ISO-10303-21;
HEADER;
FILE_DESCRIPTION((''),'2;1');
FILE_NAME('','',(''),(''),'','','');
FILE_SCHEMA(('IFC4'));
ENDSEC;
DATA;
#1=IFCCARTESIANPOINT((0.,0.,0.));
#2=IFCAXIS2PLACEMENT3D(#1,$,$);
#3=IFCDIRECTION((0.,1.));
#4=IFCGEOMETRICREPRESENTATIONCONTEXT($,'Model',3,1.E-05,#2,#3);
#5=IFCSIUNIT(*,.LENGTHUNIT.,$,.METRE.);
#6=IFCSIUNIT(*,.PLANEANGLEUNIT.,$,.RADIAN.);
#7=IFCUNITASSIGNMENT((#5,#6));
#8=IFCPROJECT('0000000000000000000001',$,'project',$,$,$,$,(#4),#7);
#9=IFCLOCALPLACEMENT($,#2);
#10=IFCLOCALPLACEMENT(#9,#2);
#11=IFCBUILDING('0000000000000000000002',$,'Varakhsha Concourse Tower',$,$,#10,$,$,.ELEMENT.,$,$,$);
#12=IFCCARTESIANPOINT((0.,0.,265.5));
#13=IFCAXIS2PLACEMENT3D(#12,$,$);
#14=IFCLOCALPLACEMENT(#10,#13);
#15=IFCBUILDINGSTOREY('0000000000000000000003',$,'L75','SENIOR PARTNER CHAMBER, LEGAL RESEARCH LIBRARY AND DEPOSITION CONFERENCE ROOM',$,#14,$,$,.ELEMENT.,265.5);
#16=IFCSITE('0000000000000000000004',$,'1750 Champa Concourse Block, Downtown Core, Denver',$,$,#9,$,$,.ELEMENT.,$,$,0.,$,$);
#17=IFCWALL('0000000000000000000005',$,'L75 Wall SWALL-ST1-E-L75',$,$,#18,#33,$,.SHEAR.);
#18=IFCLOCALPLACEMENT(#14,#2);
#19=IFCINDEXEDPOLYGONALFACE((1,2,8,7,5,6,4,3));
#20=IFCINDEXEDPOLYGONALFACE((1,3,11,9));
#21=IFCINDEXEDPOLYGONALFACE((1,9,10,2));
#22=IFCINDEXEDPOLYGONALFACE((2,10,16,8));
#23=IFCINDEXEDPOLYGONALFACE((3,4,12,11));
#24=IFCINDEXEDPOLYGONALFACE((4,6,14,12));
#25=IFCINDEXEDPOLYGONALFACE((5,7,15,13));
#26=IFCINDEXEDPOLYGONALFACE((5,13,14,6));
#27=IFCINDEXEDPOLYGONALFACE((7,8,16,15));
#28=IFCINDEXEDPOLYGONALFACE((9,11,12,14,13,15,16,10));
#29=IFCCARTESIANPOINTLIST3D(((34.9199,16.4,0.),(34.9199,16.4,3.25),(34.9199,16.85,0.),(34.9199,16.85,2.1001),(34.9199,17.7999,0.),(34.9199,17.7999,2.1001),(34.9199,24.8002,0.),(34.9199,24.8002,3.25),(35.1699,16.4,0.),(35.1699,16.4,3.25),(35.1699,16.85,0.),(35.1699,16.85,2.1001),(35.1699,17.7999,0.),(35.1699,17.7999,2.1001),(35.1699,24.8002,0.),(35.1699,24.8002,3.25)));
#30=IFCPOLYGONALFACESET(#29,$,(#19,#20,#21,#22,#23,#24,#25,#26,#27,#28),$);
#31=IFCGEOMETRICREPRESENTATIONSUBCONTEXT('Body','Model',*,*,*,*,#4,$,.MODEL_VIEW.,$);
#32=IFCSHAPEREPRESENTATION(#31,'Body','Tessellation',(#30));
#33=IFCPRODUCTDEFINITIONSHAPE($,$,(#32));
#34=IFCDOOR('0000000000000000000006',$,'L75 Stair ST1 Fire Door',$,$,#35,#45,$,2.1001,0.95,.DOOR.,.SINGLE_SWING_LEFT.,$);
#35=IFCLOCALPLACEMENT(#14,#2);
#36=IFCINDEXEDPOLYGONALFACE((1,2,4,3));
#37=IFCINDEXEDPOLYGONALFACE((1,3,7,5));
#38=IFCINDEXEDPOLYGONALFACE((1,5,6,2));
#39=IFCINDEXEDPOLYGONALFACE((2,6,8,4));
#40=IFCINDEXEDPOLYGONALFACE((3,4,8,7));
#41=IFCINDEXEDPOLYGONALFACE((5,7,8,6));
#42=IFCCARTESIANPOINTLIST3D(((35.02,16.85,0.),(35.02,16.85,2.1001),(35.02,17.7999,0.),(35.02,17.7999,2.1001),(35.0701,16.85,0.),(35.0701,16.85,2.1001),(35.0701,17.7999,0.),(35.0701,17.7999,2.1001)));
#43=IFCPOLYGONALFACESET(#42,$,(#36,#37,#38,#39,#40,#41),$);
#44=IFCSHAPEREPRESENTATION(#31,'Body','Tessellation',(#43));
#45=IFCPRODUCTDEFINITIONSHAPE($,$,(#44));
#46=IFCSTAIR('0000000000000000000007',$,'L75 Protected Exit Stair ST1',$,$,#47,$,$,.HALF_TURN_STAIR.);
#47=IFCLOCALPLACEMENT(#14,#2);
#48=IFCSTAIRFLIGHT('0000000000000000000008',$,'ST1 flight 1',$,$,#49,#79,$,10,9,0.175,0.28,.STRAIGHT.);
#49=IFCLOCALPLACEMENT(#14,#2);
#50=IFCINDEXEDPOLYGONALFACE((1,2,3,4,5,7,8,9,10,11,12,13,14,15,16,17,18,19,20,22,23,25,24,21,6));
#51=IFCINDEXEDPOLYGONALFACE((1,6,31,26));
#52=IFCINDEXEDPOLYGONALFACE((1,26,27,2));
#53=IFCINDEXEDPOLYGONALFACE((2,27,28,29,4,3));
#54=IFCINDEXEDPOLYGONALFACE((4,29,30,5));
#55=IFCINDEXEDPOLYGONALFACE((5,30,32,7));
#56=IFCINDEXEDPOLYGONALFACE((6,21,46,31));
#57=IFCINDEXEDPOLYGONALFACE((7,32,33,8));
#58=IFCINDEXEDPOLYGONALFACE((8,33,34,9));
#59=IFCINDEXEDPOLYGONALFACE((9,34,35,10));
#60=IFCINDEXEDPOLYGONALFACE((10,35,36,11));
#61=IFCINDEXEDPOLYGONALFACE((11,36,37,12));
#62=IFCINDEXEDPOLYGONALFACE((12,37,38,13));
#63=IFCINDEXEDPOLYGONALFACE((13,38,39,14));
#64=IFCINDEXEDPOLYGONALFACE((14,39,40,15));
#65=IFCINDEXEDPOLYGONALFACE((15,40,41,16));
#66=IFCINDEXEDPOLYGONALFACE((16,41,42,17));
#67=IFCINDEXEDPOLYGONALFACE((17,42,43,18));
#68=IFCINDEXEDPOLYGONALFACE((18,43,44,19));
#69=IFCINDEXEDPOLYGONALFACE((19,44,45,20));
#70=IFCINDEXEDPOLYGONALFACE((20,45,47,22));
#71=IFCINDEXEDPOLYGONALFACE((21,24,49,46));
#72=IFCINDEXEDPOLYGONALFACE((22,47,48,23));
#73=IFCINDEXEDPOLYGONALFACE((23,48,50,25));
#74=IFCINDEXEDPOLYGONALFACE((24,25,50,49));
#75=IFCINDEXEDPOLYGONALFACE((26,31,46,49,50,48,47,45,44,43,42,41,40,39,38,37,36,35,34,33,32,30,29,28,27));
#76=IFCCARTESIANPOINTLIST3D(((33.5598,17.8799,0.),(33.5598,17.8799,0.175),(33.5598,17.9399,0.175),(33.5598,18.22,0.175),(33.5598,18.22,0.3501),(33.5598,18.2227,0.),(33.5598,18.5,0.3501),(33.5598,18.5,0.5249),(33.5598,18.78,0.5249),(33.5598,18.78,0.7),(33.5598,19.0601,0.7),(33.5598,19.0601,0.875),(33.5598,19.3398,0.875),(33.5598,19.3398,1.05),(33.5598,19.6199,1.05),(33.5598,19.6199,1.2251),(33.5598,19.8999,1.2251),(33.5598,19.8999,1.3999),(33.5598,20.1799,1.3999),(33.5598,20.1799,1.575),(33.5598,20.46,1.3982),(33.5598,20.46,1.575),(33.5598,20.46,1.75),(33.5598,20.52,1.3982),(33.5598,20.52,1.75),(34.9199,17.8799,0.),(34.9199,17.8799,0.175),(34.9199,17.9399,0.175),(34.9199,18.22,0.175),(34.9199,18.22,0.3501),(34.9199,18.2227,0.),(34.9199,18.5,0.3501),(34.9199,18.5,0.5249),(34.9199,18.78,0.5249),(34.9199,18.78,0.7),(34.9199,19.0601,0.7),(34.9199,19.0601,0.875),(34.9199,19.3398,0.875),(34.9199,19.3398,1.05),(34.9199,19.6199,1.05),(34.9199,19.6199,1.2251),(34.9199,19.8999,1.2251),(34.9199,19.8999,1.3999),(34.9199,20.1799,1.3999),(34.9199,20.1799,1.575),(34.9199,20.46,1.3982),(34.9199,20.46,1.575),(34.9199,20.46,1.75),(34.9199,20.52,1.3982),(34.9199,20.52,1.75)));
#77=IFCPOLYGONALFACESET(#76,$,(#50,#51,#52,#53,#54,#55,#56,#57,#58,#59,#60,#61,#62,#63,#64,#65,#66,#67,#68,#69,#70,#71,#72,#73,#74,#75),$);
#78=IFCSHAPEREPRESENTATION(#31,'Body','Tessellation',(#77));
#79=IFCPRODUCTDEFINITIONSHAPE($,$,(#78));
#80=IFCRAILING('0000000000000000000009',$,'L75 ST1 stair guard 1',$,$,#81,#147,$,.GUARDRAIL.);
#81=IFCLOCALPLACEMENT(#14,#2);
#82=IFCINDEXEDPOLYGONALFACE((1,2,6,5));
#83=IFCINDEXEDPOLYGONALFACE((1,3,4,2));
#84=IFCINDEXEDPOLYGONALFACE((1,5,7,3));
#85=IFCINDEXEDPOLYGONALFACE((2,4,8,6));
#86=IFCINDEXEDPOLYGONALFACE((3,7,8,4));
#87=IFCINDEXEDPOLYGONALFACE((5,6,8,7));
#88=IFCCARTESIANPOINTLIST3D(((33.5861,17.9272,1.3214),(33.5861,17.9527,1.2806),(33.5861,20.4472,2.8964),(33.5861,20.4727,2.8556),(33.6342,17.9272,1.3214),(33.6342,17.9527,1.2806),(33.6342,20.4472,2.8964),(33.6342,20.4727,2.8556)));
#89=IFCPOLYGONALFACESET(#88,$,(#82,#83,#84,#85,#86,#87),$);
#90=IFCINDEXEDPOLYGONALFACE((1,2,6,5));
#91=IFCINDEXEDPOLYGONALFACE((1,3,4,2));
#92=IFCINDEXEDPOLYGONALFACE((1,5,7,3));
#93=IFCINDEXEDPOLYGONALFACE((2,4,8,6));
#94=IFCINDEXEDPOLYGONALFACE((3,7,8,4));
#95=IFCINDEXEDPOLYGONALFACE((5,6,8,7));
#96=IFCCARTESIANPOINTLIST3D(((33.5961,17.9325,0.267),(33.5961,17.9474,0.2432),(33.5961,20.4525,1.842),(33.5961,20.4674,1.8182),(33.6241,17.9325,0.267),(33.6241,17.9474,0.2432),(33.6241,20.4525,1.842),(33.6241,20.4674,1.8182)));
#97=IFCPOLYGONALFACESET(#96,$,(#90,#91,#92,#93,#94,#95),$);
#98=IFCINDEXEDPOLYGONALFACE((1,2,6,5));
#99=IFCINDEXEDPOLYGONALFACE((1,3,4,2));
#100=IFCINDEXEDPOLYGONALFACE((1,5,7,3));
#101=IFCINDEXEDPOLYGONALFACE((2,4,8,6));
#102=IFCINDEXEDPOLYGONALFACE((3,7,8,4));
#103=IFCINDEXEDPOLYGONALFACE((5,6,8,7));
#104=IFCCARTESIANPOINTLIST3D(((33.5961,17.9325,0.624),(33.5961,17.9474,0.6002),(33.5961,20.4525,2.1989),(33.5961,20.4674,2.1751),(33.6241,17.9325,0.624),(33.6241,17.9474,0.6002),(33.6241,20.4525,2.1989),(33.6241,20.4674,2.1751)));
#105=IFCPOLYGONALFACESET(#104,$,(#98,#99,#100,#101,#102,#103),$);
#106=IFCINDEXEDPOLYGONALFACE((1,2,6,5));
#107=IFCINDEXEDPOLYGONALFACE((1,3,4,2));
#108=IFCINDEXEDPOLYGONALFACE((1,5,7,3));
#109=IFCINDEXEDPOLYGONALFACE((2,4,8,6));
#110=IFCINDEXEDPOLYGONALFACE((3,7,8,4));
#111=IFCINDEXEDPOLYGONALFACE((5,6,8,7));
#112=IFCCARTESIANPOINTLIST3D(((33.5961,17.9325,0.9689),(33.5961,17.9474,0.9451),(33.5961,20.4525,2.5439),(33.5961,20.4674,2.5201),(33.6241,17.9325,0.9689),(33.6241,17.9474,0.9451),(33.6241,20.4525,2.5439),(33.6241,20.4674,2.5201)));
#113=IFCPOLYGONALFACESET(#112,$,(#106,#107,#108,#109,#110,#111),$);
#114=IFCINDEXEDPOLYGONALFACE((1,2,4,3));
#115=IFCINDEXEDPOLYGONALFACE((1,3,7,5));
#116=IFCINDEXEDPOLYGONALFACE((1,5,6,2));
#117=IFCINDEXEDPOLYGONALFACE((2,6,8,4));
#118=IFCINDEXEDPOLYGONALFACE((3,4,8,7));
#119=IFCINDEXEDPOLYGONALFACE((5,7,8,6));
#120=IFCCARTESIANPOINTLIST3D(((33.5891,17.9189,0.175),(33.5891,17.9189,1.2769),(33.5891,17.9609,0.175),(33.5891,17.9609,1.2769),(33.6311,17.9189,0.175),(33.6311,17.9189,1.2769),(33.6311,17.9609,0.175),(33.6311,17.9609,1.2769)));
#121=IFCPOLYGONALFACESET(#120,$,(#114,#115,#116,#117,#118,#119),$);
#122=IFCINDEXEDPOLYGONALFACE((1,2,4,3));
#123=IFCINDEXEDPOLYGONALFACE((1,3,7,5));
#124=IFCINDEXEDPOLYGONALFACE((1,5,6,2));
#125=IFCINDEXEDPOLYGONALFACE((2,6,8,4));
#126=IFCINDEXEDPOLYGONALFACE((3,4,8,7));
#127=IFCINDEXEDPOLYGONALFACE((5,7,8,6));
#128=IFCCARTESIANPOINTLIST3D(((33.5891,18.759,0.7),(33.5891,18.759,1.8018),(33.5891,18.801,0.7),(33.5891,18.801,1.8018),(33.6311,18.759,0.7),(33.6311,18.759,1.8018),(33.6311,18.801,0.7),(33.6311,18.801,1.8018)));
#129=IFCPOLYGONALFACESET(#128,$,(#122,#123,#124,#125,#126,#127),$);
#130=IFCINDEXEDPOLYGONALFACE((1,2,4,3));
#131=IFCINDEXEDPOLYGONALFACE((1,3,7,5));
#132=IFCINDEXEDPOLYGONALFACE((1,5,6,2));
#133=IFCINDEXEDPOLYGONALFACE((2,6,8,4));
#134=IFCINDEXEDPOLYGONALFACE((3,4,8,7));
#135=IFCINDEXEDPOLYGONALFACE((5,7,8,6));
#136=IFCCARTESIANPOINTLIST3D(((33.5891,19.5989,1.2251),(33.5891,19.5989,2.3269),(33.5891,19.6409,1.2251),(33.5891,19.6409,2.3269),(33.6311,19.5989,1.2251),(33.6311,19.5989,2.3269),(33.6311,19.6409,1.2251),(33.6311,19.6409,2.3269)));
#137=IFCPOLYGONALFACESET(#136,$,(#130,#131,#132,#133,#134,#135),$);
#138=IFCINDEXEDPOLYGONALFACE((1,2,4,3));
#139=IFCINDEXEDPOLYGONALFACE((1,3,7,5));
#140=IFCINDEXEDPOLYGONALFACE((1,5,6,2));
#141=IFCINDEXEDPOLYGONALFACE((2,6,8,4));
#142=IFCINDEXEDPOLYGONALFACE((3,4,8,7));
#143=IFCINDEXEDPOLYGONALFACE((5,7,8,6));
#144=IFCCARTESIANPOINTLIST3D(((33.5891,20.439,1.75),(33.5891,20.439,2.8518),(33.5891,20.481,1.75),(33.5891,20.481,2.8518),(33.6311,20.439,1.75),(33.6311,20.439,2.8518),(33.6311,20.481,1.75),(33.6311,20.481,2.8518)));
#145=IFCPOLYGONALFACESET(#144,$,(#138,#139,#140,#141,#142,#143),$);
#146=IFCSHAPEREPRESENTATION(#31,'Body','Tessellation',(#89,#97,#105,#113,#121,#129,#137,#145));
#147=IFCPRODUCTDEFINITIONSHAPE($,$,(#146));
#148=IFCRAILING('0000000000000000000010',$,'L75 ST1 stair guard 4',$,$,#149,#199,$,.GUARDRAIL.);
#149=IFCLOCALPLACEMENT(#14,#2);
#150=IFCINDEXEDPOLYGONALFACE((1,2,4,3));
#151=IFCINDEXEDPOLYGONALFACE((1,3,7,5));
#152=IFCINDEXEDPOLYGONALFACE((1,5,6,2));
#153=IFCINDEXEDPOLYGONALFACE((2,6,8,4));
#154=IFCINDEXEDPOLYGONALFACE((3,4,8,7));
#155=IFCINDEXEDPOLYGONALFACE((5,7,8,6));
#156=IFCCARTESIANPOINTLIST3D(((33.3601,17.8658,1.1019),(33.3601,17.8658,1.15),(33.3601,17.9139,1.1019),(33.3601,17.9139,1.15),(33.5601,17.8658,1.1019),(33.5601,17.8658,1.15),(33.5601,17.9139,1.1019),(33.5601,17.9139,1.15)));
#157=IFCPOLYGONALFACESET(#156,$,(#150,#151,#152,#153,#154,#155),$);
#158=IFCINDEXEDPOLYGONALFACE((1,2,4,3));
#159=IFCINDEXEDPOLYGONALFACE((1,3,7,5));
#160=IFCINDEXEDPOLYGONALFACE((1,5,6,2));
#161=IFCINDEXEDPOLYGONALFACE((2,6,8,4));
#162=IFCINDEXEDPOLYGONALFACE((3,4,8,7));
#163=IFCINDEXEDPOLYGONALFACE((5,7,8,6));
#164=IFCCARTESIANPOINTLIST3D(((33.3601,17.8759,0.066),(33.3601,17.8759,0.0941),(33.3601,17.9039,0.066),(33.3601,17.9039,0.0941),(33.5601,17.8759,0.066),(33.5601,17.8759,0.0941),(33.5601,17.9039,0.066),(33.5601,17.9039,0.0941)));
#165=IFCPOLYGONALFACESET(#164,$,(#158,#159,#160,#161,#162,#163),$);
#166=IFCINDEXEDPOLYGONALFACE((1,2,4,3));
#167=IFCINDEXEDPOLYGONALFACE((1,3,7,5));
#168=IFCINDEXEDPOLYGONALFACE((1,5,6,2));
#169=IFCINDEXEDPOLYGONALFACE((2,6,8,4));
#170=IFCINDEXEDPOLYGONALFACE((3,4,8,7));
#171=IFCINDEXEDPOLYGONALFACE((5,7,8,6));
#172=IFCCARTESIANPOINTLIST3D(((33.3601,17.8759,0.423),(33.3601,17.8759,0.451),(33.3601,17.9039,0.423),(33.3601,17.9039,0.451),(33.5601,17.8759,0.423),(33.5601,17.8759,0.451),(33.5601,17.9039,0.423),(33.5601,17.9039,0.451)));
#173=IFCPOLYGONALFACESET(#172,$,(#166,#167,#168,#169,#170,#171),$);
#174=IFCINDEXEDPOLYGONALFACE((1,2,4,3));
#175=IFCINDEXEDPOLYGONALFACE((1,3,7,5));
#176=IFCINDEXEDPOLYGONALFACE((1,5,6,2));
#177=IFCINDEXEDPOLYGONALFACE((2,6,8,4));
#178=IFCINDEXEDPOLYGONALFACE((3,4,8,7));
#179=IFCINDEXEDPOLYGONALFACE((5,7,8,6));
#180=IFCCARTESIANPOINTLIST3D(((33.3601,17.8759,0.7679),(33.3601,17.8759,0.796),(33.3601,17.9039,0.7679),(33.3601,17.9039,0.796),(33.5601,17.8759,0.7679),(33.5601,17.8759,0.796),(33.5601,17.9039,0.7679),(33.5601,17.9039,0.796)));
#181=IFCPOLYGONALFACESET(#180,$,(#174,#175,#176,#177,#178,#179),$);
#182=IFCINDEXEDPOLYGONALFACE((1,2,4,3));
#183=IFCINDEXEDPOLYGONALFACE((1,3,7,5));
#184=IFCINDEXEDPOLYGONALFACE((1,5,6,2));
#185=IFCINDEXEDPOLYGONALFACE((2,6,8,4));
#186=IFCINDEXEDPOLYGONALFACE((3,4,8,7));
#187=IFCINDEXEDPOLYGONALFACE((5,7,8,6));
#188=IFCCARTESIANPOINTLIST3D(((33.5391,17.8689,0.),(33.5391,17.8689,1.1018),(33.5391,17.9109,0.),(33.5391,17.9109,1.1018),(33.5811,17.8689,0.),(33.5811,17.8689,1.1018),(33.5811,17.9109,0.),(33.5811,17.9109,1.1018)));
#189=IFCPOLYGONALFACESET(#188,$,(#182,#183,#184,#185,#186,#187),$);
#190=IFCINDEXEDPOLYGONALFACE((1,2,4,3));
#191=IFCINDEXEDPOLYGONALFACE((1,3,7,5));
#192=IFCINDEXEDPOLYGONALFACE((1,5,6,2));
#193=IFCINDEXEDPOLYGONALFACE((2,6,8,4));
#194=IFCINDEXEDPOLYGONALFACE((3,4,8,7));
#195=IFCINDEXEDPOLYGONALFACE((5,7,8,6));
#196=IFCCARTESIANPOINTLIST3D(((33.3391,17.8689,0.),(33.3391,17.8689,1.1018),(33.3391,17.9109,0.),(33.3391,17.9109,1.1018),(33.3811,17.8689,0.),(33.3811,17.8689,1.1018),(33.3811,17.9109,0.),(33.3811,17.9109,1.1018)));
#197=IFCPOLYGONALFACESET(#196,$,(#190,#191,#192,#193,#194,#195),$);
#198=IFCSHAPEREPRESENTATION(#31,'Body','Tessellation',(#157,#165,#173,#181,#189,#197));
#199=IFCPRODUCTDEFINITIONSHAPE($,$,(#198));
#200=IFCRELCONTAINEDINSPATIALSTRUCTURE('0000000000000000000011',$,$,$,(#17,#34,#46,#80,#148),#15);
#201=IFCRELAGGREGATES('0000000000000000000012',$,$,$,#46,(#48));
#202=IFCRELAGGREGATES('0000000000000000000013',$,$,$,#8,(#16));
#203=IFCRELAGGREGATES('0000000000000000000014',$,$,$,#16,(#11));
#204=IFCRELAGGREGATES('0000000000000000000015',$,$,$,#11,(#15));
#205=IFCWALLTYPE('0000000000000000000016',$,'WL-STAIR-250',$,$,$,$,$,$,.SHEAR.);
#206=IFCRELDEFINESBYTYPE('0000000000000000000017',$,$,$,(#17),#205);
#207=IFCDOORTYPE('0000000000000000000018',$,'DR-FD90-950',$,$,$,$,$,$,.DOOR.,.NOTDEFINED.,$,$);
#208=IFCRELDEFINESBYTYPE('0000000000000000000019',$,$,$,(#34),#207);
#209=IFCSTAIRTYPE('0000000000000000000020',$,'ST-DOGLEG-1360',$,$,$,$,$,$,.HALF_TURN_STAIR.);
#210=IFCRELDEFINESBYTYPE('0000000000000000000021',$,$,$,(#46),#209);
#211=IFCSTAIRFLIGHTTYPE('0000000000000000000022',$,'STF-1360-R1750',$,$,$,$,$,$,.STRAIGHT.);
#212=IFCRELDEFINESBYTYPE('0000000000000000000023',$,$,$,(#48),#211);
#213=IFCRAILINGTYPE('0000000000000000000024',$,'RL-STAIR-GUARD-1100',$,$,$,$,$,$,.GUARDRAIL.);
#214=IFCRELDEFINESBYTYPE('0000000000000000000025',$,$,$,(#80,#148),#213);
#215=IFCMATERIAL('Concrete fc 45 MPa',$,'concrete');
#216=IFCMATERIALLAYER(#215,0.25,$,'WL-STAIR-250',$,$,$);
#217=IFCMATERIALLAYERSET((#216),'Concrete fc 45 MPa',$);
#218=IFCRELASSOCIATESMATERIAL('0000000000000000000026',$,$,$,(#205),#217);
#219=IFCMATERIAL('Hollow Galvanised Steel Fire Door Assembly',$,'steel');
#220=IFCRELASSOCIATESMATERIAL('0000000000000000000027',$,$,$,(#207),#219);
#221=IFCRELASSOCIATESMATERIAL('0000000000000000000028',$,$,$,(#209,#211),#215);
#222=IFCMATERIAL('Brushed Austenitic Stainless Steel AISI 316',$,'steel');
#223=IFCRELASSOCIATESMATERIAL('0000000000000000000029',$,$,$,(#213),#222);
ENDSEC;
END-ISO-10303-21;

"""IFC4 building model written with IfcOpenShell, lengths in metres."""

from ifc_helpers import new_model, si_unit, direction, frame, frame_2d, origin, origin_2d, place, context, subcontext, project, spatial, polyline, rectangle, outline, extrude, material, layer, layer_set, type_object, element, fill, aggregate, save


model = new_model("IFC4")

# Units and contexts
model_context = context("Model", 3, precision=1e-05, world=origin(), true_north=direction((0.0, 1.0)))
body_context = subcontext(model_context, "Body", "Model", "MODEL_VIEW")
ifc_project = project(units=[si_unit("LENGTHUNIT", "METRE"), si_unit("PLANEANGLEUNIT", "RADIAN")], contexts=[model_context])

# Site, building, storey
site_placement = place(None, origin())
site = spatial("IfcSite", under=ifc_project, at=site_placement, Name="1750 Champa Concourse Block, Downtown Core, Denver", CompositionType="ELEMENT", RefElevation=0.0)
building_placement = place(site_placement, origin())
building = spatial("IfcBuilding", under=site, at=building_placement, Name="Varakhsha Concourse Tower", CompositionType="ELEMENT")
storey_placement = place(building_placement, frame((0.0, 0.0, 265.5)))
storey = spatial("IfcBuildingStorey", under=building, at=storey_placement, Name="L75", Description="SENIOR PARTNER CHAMBER, LEGAL RESEARCH LIBRARY AND DEPOSITION CONFERENCE ROOM", CompositionType="ELEMENT", Elevation=265.5)

# Shared definitions
ifc_material_1 = material(Name="Hollow Galvanised Steel Fire Door Assembly", Category="steel")

# Wall, opening, door
ifc_material_2 = material(Name="Concrete fc 45 MPa", Category="concrete")
ifc_layer_1 = layer(ifc_material_2, 0.25, Name="WL-STAIR-250")
ifc_layer_set_1 = layer_set([ifc_layer_1], Name="Concrete fc 45 MPa")
wall_type_1 = type_object("IfcWallType", Name="WL-STAIR-250", PredefinedType="SHEAR", material=ifc_layer_set_1)
wall_1_placement = place(storey_placement, frame((35.0449, 16.3999, 0.0), z_axis=(0.0, 0.0, 1.0), x_axis=(0.0, 1.0, 0.0)))
wall_1 = element("IfcWall", 1, at=wall_1_placement, inside=storey, type_object=wall_type_1, Name="L75 Wall SWALL-ST1-E-L75", PredefinedType="SHEAR", context=body_context, shape_type="SweptSolid", body=[
    extrude(rectangle(XDim=8.4001, YDim=0.25, at=frame_2d((4.2002, 0.0))), origin(), (0.0, 0.0, 1.0), 3.25),
])
opening_1_placement = place(wall_1_placement, frame((0.45, 0.0, 0.0)))
opening_1 = element("IfcOpeningElement", 2, at=opening_1_placement, cuts=wall_1, PredefinedType="OPENING", context=body_context, shape_type="SweptSolid", body=[
    extrude(rectangle(XDim=0.95, YDim=2.1001, at=frame_2d((0.4751, 1.05))), frame((0.0, 0.135, 0.0), z_axis=(0.0, -1.0, 0.0), x_axis=(1.0, 0.0, 0.0)), (0.0, 0.0, 1.0), 0.27),
])
door_type_1 = type_object("IfcDoorType", Name="DR-FD90-950", OperationType="NOTDEFINED", PredefinedType="DOOR", material=ifc_material_1)
door_1_placement = place(opening_1_placement, origin())
door_1 = element("IfcDoor", 3, at=door_1_placement, inside=storey, type_object=door_type_1, Name="L75 Stair ST1 Fire Door", OperationType="SINGLE_SWING_LEFT", OverallHeight=2.1001, OverallWidth=0.95, PredefinedType="DOOR", context=body_context, shape_type="SweptSolid", body=[
    extrude(rectangle(XDim=0.95, YDim=2.1001, at=frame_2d((0.4751, 1.05))), frame((0.0, 0.0249, 0.0), z_axis=(0.0, -1.0, 0.0), x_axis=(1.0, 0.0, 0.0)), (0.0, 0.0, 1.0), 0.05),
])
fill(opening_1, door_1)

# Stair, stair flight
stair_type = type_object("IfcStairType", Name="ST-DOGLEG-1360", PredefinedType="HALF_TURN_STAIR", material=ifc_material_2)
stair_placement = place(storey_placement, origin())
stair = element("IfcStair", 4, at=stair_placement, inside=storey, type_object=stair_type, Name="L75 Protected Exit Stair ST1", PredefinedType="HALF_TURN_STAIR")
stair_flight_type = type_object("IfcStairFlightType", Name="STF-1360-R1750", PredefinedType="STRAIGHT", material=ifc_material_2)
stair_flight_placement = place(storey_placement, frame((34.24, 17.9399, 0.0), z_axis=(0.0, 0.0, 1.0), x_axis=(0.0, 1.0, 0.0)))
stair_flight = element("IfcStairFlight", 5, at=stair_flight_placement, type_object=stair_flight_type, Name="ST1 flight 1", NumberOfRisers=10, NumberOfTreads=9, PredefinedType="STRAIGHT", RiserHeight=0.175, TreadLength=0.28, context=body_context, shape_type="SweptSolid", body=[
    extrude(outline(polyline([(-0.0601, 0.0), (-0.0601, 0.175), (0.0, 0.175), (0.28, 0.175), (0.28, 0.3501), (0.5601, 0.3501), (0.5601, 0.5249), (0.8401, 0.5249), (0.8401, 0.7), (1.1201, 0.7), (1.1201, 0.875), (1.3999, 0.875), (1.3999, 1.05), (1.6799, 1.05), (1.6799, 1.2251), (1.96, 1.2251), (1.96, 1.3999), (2.24, 1.3999), (2.24, 1.575), (2.52, 1.575), (2.52, 1.75), (2.5801, 1.75), (2.5801, 1.3982), (2.52, 1.3982), (0.2827, 0.0), (-0.0601, 0.0)])), frame((0.0, 0.6802, 0.0), z_axis=(0.0, -1.0, 0.0), x_axis=(1.0, 0.0, 0.0)), (0.0, 0.0, 1.0), 1.3601),
])
aggregate(stair, [stair_flight])

# Railings
ifc_material_3 = material(Name="Brushed Austenitic Stainless Steel AISI 316", Category="steel")
railing_type_1 = type_object("IfcRailingType", Name="RL-STAIR-GUARD-1100", PredefinedType="GUARDRAIL", material=ifc_material_3)
railing_1_placement = place(storey_placement, frame((33.6101, 17.9399, 0.175)))
element("IfcRailing", 6, at=railing_1_placement, inside=storey, type_object=railing_type_1, Name="L75 ST1 stair guard 1", PredefinedType="GUARDRAIL", context=body_context, shape_type="SweptSolid", body=[
    extrude(rectangle(XDim=0.0481, YDim=0.0481, at=origin_2d()), frame((0.0, 0.0, 1.126), z_axis=(0.0, 0.848008, 0.529984), x_axis=(-1.0, 0.0, 0.0)), (0.0, 0.0, 1.0), 2.9717),
    extrude(rectangle(XDim=0.0281, YDim=0.0281, at=origin_2d()), frame((0.0, 0.0, 0.0801), z_axis=(0.0, 0.848008, 0.529984), x_axis=(-1.0, 0.0, 0.0)), (0.0, 0.0, 1.0), 2.9717),
    extrude(rectangle(XDim=0.0281, YDim=0.0281, at=origin_2d()), frame((0.0, 0.0, 0.437), z_axis=(0.0, 0.848008, 0.529984), x_axis=(-1.0, 0.0, 0.0)), (0.0, 0.0, 1.0), 2.9717),
    extrude(rectangle(XDim=0.0281, YDim=0.0281, at=origin_2d()), frame((0.0, 0.0, 0.782), z_axis=(0.0, 0.848008, 0.529984), x_axis=(-1.0, 0.0, 0.0)), (0.0, 0.0, 1.0), 2.9717),
    extrude(rectangle(XDim=0.042, YDim=0.042, at=origin_2d()), origin(), (0.0, 0.0, 1.0), 1.1018),
    extrude(rectangle(XDim=0.042, YDim=0.042, at=origin_2d()), frame((0.0, 0.8401, 0.5249)), (0.0, 0.0, 1.0), 1.1018),
    extrude(rectangle(XDim=0.042, YDim=0.042, at=origin_2d()), frame((0.0, 1.6799, 1.05)), (0.0, 0.0, 1.0), 1.1018),
    extrude(rectangle(XDim=0.042, YDim=0.042, at=origin_2d()), frame((0.0, 2.52, 1.575)), (0.0, 0.0, 1.0), 1.1018),
])
railing_2_placement = place(storey_placement, frame((33.5601, 17.8899, 0.0)))
element("IfcRailing", 7, at=railing_2_placement, inside=storey, type_object=railing_type_1, Name="L75 ST1 stair guard 4", PredefinedType="GUARDRAIL", context=body_context, shape_type="SweptSolid", body=[
    extrude(rectangle(XDim=0.0481, YDim=0.0481, at=origin_2d()), frame((0.0, 0.0, 1.126), z_axis=(-1.0, 0.0, 0.0), x_axis=(0.0, -1.0, 0.0)), (0.0, 0.0, 1.0), 0.2),
    extrude(rectangle(XDim=0.0281, YDim=0.0281, at=origin_2d()), frame((0.0, 0.0, 0.0801), z_axis=(-1.0, 0.0, 0.0), x_axis=(0.0, -1.0, 0.0)), (0.0, 0.0, 1.0), 0.2),
    extrude(rectangle(XDim=0.0281, YDim=0.0281, at=origin_2d()), frame((0.0, 0.0, 0.437), z_axis=(-1.0, 0.0, 0.0), x_axis=(0.0, -1.0, 0.0)), (0.0, 0.0, 1.0), 0.2),
    extrude(rectangle(XDim=0.0281, YDim=0.0281, at=origin_2d()), frame((0.0, 0.0, 0.782), z_axis=(-1.0, 0.0, 0.0), x_axis=(0.0, -1.0, 0.0)), (0.0, 0.0, 1.0), 0.2),
    extrude(rectangle(XDim=0.042, YDim=0.042, at=origin_2d()), origin(), (0.0, 0.0, 1.0), 1.1018),
    extrude(rectangle(XDim=0.042, YDim=0.042, at=origin_2d()), frame((-0.2, 0.0, 0.0)), (0.0, 0.0, 1.0), 1.1018),
])

save(model, "model.ifc")
